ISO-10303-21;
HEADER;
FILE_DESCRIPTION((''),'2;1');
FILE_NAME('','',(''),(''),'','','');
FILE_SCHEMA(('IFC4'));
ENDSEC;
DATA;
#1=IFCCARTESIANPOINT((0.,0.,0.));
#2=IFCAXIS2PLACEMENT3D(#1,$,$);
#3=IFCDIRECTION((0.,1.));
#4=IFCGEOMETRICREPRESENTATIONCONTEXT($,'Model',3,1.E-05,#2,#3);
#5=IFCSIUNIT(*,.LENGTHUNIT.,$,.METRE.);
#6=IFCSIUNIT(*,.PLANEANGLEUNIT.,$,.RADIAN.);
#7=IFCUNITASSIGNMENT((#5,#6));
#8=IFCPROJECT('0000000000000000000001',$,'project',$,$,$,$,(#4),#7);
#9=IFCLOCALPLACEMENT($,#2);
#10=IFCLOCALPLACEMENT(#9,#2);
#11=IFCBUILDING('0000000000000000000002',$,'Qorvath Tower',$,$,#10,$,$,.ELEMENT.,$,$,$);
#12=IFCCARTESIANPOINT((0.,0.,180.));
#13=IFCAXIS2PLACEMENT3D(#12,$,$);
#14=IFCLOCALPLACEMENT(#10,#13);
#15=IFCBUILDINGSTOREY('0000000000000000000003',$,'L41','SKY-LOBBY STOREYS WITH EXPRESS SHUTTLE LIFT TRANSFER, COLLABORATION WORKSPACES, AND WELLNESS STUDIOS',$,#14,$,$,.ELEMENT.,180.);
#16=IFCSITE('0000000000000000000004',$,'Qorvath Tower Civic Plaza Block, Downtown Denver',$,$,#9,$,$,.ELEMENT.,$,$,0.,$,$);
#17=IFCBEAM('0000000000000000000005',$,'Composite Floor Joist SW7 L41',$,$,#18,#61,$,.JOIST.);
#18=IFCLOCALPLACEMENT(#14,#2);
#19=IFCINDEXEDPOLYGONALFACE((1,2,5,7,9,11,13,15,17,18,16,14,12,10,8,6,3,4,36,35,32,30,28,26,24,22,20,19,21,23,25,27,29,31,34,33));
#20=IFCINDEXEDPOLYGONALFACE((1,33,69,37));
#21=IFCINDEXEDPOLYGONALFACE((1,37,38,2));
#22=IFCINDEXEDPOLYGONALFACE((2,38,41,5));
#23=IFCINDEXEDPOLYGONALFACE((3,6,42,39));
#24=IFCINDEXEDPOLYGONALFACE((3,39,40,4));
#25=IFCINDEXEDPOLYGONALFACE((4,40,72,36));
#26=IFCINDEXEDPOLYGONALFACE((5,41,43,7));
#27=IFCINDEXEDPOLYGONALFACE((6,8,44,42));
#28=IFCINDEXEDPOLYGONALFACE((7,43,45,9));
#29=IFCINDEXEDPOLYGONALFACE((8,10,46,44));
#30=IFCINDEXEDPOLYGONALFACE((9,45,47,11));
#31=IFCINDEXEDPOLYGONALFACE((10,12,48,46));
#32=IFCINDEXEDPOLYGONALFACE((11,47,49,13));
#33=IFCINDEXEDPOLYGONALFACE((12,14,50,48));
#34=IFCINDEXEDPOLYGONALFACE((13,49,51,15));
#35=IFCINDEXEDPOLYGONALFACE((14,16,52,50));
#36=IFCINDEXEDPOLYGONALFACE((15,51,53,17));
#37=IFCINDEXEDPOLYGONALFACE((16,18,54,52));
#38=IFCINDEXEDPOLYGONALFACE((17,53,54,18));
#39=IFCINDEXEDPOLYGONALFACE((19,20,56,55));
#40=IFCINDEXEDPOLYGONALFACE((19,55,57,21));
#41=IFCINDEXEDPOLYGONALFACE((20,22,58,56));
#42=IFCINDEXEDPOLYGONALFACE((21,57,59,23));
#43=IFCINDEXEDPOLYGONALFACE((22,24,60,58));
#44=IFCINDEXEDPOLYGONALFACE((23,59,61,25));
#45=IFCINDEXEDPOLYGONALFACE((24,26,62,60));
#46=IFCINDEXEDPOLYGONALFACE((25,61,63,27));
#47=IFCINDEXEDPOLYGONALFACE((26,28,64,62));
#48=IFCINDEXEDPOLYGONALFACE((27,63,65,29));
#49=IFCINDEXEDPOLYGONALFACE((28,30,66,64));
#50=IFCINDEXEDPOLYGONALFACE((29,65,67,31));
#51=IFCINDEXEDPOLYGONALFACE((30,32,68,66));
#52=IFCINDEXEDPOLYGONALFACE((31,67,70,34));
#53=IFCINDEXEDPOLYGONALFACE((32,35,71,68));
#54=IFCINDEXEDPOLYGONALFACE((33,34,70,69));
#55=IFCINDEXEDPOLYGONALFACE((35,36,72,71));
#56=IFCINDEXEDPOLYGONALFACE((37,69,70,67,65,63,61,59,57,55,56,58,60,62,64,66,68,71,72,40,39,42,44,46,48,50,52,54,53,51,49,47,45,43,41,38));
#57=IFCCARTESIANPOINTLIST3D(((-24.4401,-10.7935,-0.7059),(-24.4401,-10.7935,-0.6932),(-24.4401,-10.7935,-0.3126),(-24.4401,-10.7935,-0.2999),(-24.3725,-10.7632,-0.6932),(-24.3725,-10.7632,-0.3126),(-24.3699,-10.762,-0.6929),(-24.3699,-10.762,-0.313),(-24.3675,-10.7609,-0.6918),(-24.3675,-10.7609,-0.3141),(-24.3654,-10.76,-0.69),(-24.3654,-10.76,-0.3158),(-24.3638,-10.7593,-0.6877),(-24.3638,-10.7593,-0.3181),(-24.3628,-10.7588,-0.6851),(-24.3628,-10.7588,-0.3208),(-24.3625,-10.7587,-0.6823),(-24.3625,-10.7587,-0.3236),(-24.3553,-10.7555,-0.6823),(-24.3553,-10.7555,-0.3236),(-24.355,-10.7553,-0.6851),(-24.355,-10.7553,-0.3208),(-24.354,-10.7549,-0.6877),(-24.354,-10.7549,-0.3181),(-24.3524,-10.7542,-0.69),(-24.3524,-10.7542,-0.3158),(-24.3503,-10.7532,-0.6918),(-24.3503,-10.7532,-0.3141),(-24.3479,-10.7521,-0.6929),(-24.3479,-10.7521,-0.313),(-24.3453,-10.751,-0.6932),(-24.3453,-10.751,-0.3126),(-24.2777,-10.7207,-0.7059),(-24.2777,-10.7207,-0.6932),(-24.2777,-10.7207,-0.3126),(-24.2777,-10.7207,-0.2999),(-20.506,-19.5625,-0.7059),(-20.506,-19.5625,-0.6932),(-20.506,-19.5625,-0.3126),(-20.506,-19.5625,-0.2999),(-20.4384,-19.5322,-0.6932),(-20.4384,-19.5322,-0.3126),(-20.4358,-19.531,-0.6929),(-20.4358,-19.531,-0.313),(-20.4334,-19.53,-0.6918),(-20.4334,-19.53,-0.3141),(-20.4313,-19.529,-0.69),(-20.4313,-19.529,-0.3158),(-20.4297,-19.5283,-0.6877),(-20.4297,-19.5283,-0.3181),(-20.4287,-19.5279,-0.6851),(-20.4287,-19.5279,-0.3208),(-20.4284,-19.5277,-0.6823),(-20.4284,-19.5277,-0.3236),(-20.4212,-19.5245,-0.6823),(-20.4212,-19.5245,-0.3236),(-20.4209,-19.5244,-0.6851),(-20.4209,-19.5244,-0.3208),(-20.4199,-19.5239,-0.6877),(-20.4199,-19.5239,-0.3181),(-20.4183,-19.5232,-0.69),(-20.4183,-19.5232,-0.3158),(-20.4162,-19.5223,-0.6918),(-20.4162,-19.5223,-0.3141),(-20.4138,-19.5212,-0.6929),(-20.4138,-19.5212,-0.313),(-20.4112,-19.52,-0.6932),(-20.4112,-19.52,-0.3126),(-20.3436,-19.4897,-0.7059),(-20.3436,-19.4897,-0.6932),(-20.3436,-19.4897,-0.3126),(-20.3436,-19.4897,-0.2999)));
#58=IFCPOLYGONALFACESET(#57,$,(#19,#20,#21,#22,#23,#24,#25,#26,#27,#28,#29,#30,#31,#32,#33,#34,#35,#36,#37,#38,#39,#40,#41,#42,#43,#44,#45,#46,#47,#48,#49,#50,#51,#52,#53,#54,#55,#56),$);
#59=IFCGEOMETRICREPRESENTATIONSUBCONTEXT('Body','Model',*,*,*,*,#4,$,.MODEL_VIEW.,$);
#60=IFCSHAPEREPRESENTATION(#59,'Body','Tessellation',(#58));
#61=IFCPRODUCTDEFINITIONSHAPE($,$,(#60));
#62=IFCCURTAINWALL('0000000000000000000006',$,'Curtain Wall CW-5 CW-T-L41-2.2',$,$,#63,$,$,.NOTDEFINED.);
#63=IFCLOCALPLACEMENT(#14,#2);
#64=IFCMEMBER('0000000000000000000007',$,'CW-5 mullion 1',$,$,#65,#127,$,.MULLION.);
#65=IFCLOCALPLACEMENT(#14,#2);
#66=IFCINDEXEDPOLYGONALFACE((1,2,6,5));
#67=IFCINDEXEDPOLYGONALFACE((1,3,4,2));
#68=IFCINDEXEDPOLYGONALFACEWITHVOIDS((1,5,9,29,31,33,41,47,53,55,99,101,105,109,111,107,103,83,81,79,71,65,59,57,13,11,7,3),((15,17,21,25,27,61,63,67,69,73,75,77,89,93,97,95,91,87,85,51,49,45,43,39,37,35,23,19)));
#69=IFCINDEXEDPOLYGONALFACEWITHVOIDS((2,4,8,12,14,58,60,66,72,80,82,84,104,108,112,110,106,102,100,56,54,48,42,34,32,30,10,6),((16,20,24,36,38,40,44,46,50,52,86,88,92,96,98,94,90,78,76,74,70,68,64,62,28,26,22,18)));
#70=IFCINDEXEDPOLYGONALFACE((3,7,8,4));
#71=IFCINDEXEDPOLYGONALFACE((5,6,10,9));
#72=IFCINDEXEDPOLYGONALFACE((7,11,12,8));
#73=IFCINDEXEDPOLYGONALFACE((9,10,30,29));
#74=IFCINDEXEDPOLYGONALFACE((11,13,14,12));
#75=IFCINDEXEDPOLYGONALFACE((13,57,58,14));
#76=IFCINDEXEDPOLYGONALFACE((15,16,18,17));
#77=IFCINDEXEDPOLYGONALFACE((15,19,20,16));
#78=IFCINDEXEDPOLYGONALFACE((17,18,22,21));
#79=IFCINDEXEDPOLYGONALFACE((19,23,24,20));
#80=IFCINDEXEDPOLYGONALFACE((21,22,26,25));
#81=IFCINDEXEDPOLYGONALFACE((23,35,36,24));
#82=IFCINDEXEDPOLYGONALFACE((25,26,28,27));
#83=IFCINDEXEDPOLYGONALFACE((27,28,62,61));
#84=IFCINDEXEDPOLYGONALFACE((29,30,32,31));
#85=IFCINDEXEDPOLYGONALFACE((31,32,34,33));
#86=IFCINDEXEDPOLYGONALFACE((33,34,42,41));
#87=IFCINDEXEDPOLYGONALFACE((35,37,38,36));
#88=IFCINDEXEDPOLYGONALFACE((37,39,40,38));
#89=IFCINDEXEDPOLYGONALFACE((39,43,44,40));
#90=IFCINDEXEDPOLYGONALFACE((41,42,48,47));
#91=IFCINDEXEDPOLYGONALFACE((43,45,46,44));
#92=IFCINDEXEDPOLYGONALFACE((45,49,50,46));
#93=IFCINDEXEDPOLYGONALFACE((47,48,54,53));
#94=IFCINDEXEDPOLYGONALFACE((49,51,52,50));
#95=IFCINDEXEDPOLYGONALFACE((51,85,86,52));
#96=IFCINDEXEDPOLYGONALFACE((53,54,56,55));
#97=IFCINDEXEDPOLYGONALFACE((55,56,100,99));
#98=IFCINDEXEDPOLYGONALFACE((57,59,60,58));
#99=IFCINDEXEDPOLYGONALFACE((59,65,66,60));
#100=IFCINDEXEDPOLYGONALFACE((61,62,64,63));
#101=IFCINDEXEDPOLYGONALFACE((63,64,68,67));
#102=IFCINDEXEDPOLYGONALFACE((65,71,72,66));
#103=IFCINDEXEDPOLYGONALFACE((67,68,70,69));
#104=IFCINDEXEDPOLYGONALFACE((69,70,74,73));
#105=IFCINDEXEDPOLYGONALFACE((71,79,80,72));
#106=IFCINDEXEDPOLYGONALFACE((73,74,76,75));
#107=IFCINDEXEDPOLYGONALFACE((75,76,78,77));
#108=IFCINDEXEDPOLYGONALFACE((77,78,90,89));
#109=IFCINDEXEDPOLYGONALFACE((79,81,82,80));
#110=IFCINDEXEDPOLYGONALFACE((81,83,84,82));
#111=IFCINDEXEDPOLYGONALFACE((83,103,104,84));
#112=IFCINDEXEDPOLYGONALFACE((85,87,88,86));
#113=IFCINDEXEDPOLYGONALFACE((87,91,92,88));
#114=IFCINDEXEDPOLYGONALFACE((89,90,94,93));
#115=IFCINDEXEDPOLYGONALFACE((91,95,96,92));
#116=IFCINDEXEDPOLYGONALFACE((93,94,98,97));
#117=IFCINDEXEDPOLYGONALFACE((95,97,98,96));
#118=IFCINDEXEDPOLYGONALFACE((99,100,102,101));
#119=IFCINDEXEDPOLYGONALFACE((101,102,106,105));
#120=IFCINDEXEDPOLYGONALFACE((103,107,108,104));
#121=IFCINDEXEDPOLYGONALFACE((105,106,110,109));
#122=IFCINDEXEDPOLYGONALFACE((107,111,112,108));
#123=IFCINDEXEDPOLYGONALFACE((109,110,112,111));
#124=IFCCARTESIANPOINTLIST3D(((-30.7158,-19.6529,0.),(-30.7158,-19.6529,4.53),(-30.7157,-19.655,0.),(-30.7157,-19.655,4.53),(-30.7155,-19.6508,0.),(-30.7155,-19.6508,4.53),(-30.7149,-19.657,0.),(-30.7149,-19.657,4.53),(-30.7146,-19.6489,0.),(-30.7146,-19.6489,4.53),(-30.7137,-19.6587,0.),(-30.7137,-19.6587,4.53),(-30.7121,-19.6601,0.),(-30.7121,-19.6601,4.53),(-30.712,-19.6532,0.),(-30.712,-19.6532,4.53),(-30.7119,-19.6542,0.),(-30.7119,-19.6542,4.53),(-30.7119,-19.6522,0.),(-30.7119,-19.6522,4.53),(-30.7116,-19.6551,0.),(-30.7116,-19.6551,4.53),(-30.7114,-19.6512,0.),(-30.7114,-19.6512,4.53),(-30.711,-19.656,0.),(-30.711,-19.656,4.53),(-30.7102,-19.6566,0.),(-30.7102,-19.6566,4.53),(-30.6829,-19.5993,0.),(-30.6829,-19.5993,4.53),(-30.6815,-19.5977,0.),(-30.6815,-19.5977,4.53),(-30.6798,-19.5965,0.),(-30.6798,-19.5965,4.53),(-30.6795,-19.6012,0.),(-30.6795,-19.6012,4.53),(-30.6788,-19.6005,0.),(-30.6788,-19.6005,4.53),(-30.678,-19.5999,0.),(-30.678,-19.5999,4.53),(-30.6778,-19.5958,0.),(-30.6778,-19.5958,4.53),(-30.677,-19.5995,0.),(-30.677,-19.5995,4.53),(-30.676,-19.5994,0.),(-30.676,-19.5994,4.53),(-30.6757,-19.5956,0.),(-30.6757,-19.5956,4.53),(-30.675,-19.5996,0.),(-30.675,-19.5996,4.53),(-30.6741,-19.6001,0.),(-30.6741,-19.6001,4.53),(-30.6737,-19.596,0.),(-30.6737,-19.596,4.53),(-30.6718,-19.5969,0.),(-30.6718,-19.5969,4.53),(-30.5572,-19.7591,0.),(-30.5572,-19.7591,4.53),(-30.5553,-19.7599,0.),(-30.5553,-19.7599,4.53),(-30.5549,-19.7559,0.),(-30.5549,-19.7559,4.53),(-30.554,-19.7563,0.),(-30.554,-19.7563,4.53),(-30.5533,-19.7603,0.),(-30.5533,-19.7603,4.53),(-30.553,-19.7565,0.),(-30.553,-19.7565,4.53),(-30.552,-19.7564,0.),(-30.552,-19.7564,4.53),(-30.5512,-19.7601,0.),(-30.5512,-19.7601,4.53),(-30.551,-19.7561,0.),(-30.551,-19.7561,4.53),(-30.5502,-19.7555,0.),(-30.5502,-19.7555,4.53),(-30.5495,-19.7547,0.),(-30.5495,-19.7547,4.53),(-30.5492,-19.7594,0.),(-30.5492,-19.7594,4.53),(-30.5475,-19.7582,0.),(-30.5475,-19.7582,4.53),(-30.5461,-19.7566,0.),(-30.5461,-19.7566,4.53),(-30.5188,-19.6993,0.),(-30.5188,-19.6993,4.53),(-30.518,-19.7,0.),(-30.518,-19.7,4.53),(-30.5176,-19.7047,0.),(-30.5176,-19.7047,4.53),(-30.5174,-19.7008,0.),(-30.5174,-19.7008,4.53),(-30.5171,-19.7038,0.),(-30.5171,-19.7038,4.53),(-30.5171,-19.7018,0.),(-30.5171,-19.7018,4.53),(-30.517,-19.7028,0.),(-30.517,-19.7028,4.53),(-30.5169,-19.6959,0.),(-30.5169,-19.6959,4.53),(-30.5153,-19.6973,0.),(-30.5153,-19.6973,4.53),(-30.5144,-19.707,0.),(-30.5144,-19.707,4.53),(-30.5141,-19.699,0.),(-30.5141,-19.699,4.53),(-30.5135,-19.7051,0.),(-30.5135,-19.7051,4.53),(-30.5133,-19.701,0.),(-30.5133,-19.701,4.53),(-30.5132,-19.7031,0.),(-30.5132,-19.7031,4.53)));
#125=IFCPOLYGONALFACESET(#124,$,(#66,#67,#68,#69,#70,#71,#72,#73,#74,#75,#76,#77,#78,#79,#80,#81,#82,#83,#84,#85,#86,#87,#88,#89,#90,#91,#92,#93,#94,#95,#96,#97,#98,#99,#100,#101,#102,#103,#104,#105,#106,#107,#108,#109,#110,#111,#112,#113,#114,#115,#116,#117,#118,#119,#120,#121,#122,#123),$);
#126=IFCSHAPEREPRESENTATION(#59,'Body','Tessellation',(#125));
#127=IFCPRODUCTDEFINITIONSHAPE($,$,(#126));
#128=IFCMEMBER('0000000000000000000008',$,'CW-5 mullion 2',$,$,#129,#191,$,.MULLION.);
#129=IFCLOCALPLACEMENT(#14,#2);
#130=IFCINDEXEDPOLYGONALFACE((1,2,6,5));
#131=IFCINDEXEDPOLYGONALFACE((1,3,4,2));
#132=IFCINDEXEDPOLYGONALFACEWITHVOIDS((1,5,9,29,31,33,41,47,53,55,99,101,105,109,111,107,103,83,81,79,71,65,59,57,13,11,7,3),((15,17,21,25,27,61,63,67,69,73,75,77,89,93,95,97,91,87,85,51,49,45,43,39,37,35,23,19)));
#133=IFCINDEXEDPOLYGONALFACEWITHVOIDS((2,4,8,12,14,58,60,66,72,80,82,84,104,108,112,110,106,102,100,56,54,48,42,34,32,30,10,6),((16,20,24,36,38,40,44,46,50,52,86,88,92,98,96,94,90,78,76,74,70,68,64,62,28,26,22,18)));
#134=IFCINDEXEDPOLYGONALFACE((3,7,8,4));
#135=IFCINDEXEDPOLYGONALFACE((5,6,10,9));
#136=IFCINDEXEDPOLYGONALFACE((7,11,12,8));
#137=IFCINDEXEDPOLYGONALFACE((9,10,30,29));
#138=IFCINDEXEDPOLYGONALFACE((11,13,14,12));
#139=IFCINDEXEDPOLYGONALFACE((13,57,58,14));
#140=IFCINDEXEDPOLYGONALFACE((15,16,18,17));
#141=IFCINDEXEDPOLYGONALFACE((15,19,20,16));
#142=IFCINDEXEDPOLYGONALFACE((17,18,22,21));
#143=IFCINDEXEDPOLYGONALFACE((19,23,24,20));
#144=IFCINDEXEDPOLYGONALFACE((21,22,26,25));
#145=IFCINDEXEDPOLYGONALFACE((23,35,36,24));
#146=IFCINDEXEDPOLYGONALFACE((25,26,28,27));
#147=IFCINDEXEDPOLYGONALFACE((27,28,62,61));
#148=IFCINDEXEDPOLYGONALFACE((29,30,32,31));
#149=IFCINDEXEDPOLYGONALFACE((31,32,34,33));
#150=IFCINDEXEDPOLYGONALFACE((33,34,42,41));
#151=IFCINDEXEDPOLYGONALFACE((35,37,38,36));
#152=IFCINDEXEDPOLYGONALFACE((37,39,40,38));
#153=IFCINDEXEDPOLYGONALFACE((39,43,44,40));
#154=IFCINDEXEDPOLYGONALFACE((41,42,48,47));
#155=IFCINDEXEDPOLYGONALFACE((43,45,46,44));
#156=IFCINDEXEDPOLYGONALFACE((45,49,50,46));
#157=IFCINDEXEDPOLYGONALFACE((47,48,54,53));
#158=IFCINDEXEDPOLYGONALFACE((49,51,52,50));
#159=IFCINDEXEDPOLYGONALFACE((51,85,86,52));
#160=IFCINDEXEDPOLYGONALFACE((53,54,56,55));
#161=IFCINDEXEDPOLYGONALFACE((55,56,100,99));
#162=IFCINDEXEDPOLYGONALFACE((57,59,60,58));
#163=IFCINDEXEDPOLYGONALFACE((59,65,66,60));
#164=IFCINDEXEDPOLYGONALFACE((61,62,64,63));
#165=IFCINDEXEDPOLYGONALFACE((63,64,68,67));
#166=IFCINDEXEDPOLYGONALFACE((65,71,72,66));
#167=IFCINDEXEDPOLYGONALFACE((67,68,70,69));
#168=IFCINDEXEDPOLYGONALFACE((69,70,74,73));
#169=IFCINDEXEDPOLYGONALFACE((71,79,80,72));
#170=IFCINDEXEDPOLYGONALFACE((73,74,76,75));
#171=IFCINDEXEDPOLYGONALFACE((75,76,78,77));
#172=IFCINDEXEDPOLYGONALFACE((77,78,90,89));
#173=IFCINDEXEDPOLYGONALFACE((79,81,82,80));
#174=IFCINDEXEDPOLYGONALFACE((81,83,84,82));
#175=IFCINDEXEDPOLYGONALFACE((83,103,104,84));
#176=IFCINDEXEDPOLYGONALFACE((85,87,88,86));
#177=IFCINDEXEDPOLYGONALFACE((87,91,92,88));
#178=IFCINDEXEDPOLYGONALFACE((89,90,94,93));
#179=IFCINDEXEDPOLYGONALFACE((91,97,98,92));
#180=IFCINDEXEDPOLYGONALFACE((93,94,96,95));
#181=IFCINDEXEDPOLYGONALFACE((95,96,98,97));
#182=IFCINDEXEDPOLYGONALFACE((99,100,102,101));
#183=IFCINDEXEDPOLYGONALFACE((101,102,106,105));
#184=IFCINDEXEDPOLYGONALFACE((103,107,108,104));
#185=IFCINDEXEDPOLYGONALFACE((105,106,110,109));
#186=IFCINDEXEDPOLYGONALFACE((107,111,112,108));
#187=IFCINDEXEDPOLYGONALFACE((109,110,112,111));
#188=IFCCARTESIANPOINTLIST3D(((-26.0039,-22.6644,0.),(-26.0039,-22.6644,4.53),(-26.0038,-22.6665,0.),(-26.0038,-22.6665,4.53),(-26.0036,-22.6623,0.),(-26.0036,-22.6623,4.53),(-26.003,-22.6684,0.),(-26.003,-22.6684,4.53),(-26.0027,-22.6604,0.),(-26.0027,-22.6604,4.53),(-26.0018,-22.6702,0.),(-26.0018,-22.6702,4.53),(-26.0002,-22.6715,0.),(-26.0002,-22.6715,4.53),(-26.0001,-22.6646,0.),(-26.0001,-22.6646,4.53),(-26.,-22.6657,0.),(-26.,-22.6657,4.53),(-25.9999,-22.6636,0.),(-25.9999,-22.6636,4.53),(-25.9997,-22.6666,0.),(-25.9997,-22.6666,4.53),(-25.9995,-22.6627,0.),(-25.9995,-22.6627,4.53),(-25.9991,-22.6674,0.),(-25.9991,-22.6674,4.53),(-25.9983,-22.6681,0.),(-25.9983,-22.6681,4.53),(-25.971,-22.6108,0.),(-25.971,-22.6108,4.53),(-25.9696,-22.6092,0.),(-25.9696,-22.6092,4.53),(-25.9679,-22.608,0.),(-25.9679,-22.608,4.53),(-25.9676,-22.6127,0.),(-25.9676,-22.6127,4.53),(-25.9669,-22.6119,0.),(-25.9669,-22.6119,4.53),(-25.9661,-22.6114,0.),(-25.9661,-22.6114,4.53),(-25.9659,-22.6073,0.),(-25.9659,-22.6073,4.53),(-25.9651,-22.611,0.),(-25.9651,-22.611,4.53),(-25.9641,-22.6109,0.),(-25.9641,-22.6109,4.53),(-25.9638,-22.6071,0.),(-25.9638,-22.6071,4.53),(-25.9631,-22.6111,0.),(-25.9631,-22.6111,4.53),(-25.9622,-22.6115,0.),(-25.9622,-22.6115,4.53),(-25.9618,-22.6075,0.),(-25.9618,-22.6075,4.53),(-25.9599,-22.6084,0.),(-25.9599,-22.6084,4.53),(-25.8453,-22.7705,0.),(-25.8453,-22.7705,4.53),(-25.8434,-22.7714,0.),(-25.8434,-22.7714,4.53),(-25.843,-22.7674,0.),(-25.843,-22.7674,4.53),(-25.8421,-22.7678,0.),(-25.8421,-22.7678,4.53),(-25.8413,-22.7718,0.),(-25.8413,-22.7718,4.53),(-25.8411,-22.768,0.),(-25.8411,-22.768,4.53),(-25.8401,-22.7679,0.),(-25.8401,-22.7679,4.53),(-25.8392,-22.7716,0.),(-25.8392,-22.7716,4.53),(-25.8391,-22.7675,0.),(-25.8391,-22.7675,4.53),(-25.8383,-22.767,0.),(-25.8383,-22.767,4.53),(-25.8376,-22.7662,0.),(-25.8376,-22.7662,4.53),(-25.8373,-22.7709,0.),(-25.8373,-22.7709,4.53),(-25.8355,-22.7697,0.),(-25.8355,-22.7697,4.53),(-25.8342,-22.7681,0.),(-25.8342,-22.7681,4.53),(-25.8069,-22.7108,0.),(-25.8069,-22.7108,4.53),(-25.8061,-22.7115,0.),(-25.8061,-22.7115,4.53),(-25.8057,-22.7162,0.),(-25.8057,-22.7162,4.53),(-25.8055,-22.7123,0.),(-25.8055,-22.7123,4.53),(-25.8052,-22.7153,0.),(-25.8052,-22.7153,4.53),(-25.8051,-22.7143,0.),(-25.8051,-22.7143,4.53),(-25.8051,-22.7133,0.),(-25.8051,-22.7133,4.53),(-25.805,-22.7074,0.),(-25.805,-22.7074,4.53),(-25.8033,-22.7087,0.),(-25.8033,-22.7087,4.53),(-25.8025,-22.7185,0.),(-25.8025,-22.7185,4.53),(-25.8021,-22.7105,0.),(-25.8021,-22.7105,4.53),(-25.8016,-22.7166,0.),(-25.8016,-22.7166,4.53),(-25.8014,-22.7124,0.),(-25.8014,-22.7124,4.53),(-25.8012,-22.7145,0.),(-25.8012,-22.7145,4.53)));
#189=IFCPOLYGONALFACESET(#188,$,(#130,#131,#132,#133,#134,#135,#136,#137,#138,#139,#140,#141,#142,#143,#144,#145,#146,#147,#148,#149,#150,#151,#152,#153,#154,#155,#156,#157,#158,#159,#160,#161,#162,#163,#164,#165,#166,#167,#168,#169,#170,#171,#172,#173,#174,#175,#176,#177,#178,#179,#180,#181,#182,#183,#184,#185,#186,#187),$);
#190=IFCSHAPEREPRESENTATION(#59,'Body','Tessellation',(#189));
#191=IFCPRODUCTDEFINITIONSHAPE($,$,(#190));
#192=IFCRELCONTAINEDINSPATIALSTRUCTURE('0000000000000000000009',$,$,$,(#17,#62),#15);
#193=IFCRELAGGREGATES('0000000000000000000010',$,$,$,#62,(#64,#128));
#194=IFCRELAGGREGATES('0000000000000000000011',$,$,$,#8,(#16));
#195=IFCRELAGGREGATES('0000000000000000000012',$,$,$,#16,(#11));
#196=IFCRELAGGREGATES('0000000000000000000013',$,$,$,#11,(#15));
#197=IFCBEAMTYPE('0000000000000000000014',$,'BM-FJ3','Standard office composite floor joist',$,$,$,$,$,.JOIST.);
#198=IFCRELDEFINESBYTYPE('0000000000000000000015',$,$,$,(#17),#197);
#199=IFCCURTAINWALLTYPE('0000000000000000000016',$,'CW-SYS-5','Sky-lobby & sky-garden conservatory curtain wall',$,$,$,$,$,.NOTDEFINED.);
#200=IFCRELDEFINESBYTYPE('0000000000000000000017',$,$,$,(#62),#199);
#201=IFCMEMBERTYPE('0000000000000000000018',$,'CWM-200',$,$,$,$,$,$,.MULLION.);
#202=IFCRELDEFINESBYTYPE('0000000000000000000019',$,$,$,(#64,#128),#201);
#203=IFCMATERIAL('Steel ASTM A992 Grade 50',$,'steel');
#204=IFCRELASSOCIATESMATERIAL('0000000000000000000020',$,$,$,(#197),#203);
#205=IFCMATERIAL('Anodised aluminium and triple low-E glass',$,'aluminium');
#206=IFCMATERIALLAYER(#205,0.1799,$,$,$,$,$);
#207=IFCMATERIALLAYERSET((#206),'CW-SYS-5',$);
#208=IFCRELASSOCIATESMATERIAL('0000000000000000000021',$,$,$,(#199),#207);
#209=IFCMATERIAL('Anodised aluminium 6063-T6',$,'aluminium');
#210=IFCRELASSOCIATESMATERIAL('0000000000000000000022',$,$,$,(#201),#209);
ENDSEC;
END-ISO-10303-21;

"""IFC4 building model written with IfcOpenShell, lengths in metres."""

from ifc_helpers import new_model, si_unit, direction, frame, origin, origin_2d, place, context, subcontext, project, spatial, hollow_rectangle, i_section, extrude, material, layer, layer_set, material_profile, profile_set, type_object, element, aggregate, save


model = new_model("IFC4")

# Units and contexts
model_context = context("Model", 3, precision=1e-05, world=origin(), true_north=direction((0.0, 1.0)))
body_context = subcontext(model_context, "Body", "Model", "MODEL_VIEW")
ifc_project = project(units=[si_unit("LENGTHUNIT", "METRE"), si_unit("PLANEANGLEUNIT", "RADIAN")], contexts=[model_context])

# Site, building, storey
site_placement = place(None, origin())
site = spatial("IfcSite", under=ifc_project, at=site_placement, Name="Qorvath Tower Civic Plaza Block, Downtown Denver", CompositionType="ELEMENT", RefElevation=0.0)
building_placement = place(site_placement, origin())
building = spatial("IfcBuilding", under=site, at=building_placement, Name="Qorvath Tower", CompositionType="ELEMENT")
storey_placement = place(building_placement, frame((0.0, 0.0, 180.0)))
storey = spatial("IfcBuildingStorey", under=building, at=storey_placement, Name="L41", Description="SKY-LOBBY STOREYS WITH EXPRESS SHUTTLE LIFT TRANSFER, COLLABORATION WORKSPACES, AND WELLNESS STUDIOS", CompositionType="ELEMENT", Elevation=180.0)

# Beam
ifc_material_1 = material(Name="Steel ASTM A992 Grade 50", Category="steel")
ifc_material_profile_1 = material_profile(ifc_material_1, i_section(OverallWidth=0.178, OverallDepth=0.406, WebThickness=0.0078, FlangeThickness=0.0127, FilletRadius=0.011, at=origin_2d()), Name="W16x40")
ifc_profile_set_1 = profile_set([ifc_material_profile_1], Name="Steel ASTM A992 Grade 50")
beam_type_1 = type_object("IfcBeamType", Name="BM-FJ3", Description="Standard office composite floor joist", PredefinedType="JOIST", material=ifc_profile_set_1)
beam_1_placement = place(storey_placement, frame((-24.3589, -10.7571, -0.5029), z_axis=(0.409327, -0.912388, 0.0), x_axis=(0.912388, 0.409327, 0.0)))
element("IfcBeam", 1, at=beam_1_placement, inside=storey, type_object=beam_type_1, Name="Composite Floor Joist SW7 L41", PredefinedType="JOIST", context=body_context, shape_type="SweptSolid", body=[
    extrude(i_section(OverallWidth=0.178, OverallDepth=0.406, WebThickness=0.0078, FlangeThickness=0.0127, FilletRadius=0.011, at=origin_2d()), origin(), (0.0, 0.0, 1.0), 9.6111),
])

# Curtain wall, members
ifc_material_2 = material(Name="Anodised aluminium and triple low-E glass", Category="aluminium")
ifc_layer_1 = layer(ifc_material_2, 0.1799)
ifc_layer_set_1 = layer_set([ifc_layer_1], Name="CW-SYS-5")
curtain_wall_type = type_object("IfcCurtainWallType", Name="CW-SYS-5", Description="Sky-lobby & sky-garden conservatory curtain wall", PredefinedType="NOTDEFINED", material=ifc_layer_set_1)
curtain_wall_placement = place(storey_placement, origin())
curtain_wall = element("IfcCurtainWall", 2, at=curtain_wall_placement, inside=storey, type_object=curtain_wall_type, Name="Curtain Wall CW-5 CW-T-L41-2.2", PredefinedType="NOTDEFINED")
ifc_material_3 = material(Name="Anodised aluminium 6063-T6", Category="aluminium")
ifc_material_profile_2 = material_profile(ifc_material_3, hollow_rectangle(XDim=0.075, YDim=0.2, WallThickness=0.0039, InnerFilletRadius=0.0039, OuterFilletRadius=0.0081, at=origin_2d()), Name="CWM 200x75")
ifc_profile_set_2 = profile_set([ifc_material_profile_2], Name="Anodised aluminium 6063-T6")
member_type_1 = type_object("IfcMemberType", Name="CWM-200", PredefinedType="MULLION", material=ifc_profile_set_2)
member_1_placement = place(storey_placement, frame((-30.6145, -19.678, 0.0), z_axis=(0.0, 0.0, 1.0), x_axis=(0.538544, 0.842597, 0.0)))
member_1 = element("IfcMember", 3, at=member_1_placement, type_object=member_type_1, Name="CW-5 mullion 1", PredefinedType="MULLION", context=body_context, shape_type="SweptSolid", body=[
    extrude(hollow_rectangle(XDim=0.075, YDim=0.2, WallThickness=0.0039, InnerFilletRadius=0.0039, OuterFilletRadius=0.0081, at=origin_2d()), origin(), (0.0, 0.0, 1.0), 4.53),
])
member_2_placement = place(storey_placement, frame((-25.9026, -22.6895, 0.0), z_axis=(0.0, 0.0, 1.0), x_axis=(0.538544, 0.842597, 0.0)))
member_2 = element("IfcMember", 4, at=member_2_placement, type_object=member_type_1, Name="CW-5 mullion 2", PredefinedType="MULLION", context=body_context, shape_type="SweptSolid", body=[
    extrude(hollow_rectangle(XDim=0.075, YDim=0.2, WallThickness=0.0039, InnerFilletRadius=0.0039, OuterFilletRadius=0.0081, at=origin_2d()), origin(), (0.0, 0.0, 1.0), 4.53),
])

aggregate(curtain_wall, [member_1, member_2])

save(model, "model.ifc")
